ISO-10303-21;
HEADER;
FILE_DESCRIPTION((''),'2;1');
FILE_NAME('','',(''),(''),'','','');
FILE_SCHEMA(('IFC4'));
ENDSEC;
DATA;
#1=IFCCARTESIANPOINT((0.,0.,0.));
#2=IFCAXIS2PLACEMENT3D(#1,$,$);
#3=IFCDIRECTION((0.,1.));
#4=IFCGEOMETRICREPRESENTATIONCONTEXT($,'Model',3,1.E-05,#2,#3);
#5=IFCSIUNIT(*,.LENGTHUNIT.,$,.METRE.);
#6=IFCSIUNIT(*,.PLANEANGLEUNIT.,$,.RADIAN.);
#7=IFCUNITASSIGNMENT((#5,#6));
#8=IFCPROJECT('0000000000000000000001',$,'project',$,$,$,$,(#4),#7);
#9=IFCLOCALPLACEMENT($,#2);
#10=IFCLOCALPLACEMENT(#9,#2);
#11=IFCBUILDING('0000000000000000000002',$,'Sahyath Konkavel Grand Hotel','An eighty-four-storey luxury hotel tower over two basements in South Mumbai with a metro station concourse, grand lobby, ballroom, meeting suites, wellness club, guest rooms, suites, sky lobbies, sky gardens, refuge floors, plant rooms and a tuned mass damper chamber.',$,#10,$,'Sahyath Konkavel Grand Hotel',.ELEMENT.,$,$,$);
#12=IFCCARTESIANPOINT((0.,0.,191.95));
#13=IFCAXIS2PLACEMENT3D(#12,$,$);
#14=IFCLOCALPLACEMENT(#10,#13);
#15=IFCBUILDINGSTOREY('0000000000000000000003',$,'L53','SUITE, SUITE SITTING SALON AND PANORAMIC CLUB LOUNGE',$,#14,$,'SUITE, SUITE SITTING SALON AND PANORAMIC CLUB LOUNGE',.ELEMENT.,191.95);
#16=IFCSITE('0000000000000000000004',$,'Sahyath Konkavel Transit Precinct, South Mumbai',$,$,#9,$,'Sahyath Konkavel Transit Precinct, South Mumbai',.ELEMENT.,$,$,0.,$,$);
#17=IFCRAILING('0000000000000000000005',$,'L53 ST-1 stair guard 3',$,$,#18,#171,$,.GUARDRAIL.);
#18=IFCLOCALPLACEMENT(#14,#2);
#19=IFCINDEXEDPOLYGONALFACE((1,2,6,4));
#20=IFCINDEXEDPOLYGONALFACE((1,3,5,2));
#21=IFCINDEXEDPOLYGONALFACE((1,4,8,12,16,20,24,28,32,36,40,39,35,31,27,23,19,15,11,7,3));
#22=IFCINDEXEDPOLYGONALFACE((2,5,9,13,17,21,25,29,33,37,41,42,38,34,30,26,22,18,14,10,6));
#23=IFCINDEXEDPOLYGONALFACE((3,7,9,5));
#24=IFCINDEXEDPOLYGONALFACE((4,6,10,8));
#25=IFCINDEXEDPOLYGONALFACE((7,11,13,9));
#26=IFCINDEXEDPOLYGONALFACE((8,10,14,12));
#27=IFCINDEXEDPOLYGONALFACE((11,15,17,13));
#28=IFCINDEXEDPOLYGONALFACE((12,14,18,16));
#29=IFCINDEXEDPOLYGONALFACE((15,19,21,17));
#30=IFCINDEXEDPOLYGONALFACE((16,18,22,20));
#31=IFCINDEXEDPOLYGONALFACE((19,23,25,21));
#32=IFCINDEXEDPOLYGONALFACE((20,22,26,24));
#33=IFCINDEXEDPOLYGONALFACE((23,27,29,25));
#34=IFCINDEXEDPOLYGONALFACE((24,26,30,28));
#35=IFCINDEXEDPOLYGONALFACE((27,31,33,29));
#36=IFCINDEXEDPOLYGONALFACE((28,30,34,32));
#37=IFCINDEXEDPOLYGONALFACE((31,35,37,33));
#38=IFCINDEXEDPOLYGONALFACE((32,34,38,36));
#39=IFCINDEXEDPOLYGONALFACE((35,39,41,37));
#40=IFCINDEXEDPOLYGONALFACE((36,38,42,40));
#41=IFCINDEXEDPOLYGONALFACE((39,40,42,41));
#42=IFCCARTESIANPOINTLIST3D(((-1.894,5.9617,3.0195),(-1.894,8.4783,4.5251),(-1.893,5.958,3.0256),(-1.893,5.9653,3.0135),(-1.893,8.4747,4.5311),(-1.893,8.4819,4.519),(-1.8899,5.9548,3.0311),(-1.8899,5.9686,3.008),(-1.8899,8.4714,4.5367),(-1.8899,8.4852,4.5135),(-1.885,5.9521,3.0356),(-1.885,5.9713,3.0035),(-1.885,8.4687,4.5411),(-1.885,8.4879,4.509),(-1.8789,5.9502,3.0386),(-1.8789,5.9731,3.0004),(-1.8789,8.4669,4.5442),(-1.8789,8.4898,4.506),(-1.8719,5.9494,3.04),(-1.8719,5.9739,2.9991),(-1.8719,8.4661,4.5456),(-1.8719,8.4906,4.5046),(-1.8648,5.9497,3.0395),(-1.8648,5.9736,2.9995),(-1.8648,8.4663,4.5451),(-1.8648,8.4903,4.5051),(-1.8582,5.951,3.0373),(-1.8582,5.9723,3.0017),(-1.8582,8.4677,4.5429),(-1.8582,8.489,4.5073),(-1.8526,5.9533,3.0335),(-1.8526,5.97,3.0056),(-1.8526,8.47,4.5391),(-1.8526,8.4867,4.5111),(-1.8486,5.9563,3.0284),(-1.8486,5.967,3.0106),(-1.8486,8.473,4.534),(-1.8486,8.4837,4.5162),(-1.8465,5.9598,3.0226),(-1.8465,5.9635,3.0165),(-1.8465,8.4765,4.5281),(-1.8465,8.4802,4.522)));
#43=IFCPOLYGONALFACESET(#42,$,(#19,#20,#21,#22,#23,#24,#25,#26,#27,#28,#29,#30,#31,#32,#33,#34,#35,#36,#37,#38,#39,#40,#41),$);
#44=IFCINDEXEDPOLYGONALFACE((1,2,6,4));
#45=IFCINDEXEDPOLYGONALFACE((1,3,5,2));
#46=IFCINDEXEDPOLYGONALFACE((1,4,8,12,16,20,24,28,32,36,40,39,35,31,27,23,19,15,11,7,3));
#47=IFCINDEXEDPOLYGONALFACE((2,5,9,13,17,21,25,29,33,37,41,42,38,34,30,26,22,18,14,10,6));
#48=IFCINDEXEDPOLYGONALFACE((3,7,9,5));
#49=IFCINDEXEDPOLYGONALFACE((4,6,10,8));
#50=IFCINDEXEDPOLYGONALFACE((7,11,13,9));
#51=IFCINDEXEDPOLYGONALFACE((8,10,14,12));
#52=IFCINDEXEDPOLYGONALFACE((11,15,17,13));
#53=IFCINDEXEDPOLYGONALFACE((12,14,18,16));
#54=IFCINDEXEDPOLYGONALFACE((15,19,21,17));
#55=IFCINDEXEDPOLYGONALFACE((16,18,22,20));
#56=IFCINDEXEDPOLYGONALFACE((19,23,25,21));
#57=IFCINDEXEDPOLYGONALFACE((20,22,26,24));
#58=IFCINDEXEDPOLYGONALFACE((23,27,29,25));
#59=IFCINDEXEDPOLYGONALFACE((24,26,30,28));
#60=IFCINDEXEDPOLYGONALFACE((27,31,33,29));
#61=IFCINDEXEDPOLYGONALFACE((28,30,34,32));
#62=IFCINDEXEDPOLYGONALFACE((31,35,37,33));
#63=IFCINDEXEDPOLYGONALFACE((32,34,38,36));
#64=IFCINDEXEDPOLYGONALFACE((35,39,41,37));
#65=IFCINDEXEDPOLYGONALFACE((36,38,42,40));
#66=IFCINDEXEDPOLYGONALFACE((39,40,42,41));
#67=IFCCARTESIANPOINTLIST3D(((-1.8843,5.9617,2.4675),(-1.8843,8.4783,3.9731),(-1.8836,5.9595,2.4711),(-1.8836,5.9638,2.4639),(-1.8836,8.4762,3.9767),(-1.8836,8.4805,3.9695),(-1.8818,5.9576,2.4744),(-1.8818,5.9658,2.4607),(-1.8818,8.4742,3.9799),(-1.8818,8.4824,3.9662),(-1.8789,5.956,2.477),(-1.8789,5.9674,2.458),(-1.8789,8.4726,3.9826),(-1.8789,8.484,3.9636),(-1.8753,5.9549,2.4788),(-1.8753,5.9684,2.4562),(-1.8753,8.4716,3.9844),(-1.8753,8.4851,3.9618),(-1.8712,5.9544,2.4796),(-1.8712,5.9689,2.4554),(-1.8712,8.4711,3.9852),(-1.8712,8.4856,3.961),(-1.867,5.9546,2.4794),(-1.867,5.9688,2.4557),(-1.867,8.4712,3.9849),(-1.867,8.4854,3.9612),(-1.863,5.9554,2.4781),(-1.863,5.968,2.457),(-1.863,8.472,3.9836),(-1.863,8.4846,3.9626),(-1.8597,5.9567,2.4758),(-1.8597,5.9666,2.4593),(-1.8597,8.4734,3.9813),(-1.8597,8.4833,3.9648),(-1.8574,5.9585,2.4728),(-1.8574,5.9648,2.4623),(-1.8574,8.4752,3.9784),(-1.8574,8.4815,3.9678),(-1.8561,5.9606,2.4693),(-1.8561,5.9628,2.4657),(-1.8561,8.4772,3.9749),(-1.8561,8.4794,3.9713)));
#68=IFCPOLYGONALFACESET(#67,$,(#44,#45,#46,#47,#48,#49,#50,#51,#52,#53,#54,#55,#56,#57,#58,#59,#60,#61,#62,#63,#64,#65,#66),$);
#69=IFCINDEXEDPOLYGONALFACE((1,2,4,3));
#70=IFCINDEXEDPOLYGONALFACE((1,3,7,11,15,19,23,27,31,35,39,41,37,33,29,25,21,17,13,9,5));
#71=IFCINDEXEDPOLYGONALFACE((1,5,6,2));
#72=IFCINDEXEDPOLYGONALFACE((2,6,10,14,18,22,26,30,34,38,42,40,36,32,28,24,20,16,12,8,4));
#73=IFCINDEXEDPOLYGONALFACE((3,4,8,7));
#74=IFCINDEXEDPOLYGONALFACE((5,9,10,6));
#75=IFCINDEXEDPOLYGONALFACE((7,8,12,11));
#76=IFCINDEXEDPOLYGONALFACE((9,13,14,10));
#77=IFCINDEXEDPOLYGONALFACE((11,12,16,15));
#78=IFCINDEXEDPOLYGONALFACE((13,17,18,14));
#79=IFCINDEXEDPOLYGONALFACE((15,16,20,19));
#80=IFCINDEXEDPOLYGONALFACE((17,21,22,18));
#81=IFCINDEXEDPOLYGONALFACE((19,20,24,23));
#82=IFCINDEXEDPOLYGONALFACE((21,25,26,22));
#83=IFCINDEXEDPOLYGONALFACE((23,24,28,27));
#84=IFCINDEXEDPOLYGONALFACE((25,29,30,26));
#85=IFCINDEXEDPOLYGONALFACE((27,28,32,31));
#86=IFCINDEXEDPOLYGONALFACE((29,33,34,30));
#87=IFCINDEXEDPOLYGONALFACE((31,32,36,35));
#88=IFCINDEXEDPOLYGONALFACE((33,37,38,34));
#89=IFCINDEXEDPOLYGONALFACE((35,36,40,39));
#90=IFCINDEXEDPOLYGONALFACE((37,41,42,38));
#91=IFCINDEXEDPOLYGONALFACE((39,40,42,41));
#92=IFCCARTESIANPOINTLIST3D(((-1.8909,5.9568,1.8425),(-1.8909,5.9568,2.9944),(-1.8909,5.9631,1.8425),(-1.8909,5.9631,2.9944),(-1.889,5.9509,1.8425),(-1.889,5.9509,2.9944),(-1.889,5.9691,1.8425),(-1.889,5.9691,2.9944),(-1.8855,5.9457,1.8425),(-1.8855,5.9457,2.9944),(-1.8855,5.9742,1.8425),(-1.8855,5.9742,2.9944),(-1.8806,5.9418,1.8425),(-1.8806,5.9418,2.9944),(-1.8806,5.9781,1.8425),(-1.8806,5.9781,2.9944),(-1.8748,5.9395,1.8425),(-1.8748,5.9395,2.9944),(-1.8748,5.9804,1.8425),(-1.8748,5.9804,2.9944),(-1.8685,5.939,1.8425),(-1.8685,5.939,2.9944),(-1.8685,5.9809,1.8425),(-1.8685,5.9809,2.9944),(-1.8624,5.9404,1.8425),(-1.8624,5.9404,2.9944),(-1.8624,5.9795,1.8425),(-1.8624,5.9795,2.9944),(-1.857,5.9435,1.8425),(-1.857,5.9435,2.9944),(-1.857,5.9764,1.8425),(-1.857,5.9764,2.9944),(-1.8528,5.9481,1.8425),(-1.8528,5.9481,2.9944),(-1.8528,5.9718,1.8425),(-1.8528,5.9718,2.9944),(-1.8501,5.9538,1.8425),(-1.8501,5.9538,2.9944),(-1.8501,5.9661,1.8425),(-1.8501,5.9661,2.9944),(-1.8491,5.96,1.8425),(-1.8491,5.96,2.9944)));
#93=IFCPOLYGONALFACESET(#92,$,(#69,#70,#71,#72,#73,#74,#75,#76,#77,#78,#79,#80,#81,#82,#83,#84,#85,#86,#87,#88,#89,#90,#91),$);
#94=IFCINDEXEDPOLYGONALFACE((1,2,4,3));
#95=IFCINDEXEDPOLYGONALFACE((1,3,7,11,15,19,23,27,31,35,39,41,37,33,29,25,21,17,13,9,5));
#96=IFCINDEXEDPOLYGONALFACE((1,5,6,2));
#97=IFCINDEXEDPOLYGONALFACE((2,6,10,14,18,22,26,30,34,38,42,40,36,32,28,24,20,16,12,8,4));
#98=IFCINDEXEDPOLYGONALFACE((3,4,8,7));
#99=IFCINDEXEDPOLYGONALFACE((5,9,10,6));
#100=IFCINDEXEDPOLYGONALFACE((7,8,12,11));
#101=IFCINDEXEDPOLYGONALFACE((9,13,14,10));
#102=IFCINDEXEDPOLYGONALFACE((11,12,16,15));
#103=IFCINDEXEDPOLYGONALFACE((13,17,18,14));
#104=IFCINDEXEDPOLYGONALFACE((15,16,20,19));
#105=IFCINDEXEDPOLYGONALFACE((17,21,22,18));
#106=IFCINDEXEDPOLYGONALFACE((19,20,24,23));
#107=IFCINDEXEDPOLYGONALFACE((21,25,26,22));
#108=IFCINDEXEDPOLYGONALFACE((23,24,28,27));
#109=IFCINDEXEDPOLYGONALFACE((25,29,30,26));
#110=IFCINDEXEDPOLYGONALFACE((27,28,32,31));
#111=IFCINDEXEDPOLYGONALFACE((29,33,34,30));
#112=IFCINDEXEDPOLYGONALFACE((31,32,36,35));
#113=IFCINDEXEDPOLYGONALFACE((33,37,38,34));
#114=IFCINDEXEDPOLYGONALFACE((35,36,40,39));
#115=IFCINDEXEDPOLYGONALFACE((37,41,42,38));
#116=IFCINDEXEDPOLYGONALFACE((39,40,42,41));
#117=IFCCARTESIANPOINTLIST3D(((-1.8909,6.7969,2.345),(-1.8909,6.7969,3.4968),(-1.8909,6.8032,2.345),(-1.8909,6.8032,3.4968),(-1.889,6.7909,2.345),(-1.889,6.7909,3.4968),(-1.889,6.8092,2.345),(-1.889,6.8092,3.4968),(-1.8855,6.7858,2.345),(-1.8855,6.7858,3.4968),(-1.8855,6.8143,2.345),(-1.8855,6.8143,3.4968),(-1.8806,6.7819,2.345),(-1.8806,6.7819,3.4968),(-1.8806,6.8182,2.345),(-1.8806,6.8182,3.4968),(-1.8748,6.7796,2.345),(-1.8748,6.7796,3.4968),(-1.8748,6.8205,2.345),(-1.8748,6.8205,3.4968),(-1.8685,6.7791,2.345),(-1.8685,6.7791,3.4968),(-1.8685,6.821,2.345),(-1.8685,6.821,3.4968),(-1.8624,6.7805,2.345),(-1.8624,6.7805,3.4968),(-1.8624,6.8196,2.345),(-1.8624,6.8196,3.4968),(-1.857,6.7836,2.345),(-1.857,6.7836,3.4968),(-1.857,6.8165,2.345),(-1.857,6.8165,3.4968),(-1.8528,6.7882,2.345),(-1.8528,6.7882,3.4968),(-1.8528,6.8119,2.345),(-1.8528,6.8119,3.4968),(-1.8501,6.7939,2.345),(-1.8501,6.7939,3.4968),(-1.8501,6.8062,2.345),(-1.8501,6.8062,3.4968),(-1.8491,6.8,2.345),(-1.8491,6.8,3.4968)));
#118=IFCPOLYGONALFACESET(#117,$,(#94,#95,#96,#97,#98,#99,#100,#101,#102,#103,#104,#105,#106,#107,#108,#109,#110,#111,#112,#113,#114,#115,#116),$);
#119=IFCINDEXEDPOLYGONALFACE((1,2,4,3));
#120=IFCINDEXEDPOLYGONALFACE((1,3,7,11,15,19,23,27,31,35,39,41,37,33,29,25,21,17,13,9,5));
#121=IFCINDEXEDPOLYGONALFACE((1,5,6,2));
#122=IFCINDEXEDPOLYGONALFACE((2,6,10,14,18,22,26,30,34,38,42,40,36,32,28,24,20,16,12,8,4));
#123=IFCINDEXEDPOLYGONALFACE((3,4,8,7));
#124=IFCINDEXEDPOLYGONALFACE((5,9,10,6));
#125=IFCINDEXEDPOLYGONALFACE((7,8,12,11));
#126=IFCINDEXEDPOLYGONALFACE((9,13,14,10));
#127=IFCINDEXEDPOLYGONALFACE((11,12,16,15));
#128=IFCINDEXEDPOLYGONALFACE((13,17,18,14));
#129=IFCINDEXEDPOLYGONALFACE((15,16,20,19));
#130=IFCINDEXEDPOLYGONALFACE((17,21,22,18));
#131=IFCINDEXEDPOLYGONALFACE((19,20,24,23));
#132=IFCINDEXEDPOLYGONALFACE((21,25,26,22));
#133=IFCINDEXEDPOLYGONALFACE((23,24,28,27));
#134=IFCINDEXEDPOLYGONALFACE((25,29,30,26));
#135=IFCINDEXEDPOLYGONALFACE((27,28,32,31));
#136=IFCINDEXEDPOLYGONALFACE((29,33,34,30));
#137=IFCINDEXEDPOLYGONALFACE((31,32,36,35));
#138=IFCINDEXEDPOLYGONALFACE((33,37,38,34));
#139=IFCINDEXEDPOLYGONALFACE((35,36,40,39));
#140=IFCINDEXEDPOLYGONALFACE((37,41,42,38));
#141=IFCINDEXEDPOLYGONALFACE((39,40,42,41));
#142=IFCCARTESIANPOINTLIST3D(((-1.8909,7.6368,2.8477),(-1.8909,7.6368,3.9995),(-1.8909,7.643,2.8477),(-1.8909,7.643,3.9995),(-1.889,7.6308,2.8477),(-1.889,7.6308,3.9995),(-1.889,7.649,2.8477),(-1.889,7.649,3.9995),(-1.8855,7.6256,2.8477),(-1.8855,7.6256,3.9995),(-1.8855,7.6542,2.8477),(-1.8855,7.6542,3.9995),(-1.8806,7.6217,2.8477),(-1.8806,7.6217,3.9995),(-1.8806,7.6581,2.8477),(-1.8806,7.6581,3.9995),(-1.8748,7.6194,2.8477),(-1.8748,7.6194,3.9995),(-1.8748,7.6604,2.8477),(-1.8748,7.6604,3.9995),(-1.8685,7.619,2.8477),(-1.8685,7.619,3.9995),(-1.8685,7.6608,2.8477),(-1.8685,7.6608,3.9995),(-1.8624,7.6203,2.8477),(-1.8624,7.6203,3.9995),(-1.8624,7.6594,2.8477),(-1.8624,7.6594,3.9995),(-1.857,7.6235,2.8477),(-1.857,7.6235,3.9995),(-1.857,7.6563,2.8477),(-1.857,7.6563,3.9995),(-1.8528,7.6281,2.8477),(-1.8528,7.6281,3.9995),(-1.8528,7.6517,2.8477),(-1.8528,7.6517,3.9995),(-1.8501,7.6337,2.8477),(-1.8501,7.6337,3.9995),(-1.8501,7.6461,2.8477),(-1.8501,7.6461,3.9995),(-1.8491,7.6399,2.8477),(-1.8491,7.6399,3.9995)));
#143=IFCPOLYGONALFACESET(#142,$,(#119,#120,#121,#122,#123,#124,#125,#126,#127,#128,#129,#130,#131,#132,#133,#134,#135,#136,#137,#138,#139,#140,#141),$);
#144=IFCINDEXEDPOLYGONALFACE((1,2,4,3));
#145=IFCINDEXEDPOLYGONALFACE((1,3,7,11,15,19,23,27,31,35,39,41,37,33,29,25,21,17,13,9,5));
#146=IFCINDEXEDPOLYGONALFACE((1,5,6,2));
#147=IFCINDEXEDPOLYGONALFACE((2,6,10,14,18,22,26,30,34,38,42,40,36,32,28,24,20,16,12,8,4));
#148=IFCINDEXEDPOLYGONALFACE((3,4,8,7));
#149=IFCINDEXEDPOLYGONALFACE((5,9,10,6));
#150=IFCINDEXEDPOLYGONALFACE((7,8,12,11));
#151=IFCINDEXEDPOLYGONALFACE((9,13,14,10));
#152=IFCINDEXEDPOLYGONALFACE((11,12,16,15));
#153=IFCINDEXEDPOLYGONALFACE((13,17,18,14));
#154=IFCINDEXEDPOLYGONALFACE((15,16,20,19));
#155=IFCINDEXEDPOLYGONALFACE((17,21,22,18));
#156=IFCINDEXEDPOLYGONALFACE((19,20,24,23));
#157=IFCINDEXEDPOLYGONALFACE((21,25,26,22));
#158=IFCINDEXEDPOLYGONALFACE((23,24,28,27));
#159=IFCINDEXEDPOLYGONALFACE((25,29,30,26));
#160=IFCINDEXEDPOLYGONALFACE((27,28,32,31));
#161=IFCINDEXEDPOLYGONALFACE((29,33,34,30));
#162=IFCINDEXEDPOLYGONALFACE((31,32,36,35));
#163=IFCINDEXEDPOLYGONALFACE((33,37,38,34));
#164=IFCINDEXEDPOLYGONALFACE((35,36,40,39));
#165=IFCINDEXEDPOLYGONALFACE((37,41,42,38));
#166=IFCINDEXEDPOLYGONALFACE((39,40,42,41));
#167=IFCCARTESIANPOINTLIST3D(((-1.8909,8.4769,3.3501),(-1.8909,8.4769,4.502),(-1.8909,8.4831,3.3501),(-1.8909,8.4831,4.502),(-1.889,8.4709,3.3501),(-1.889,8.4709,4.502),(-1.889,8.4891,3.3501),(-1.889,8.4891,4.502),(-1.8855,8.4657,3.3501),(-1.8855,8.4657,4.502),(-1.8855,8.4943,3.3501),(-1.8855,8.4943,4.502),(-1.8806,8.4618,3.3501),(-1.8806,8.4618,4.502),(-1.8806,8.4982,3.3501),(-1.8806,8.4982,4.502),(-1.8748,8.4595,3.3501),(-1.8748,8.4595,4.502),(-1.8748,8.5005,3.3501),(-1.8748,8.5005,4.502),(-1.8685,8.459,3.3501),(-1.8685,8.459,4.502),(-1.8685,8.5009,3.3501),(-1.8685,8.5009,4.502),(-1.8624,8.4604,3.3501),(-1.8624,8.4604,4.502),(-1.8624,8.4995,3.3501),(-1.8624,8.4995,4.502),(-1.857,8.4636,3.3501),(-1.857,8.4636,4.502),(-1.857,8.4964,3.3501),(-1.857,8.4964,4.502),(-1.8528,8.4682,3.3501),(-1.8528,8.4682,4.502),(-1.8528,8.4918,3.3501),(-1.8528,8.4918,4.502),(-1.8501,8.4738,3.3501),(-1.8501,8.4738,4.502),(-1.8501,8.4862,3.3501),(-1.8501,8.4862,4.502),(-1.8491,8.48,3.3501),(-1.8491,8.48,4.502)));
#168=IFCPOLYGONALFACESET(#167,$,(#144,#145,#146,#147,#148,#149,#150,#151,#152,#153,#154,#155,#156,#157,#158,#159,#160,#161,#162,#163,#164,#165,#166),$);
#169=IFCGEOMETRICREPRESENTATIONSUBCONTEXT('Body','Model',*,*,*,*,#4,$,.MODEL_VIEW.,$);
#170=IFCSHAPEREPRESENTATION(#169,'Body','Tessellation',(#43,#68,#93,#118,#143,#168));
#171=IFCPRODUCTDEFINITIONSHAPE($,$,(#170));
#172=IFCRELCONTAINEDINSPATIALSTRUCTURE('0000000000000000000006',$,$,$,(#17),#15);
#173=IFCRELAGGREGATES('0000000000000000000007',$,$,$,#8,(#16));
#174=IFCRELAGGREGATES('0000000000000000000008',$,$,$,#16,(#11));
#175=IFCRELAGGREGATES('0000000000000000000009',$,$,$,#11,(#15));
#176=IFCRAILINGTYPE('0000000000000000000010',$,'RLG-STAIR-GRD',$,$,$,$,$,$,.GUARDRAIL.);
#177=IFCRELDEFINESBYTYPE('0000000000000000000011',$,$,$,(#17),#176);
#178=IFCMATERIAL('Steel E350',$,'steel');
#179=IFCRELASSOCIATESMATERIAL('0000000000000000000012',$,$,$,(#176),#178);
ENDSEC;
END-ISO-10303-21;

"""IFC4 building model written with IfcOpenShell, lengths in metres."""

from ifc_helpers import new_model, si_unit, direction, frame, origin, origin_2d, place, context, subcontext, project, spatial, circle, extrude, material, type_object, element, save


model = new_model("IFC4")

# Units and contexts
model_context = context("Model", 3, precision=1e-05, world=origin(), true_north=direction((0.0, 1.0)))
body_context = subcontext(model_context, "Body", "Model", "MODEL_VIEW")
ifc_project = project(units=[si_unit("LENGTHUNIT", "METRE"), si_unit("PLANEANGLEUNIT", "RADIAN")], contexts=[model_context])

# Site, building, storey
site_placement = place(None, origin())
site = spatial("IfcSite", under=ifc_project, at=site_placement, Name="Sahyath Konkavel Transit Precinct, South Mumbai", LongName="Sahyath Konkavel Transit Precinct, South Mumbai", CompositionType="ELEMENT", RefElevation=0.0)
building_placement = place(site_placement, origin())
building = spatial("IfcBuilding", under=site, at=building_placement, Name="Sahyath Konkavel Grand Hotel", Description="An eighty-four-storey luxury hotel tower over two basements in South Mumbai with a metro station concourse, grand lobby, ballroom, meeting suites, wellness club, guest rooms, suites, sky lobbies, sky gardens, refuge floors, plant rooms and a tuned mass damper chamber.", LongName="Sahyath Konkavel Grand Hotel", CompositionType="ELEMENT")
storey_placement = place(building_placement, frame((0.0, 0.0, 191.95)))
storey = spatial("IfcBuildingStorey", under=building, at=storey_placement, Name="L53", Description="SUITE, SUITE SITTING SALON AND PANORAMIC CLUB LOUNGE", LongName="SUITE, SUITE SITTING SALON AND PANORAMIC CLUB LOUNGE", CompositionType="ELEMENT", Elevation=191.95)

# Shared definitions
ifc_material_1 = material(Name="Steel E350", Category="steel")

# Railing
railing_type_1 = type_object("IfcRailingType", Name="RLG-STAIR-GRD", PredefinedType="GUARDRAIL", material=ifc_material_1)
railing_1_placement = place(storey_placement, frame((-1.8701, 5.96, 1.8425)))
element("IfcRailing", 1, at=railing_1_placement, inside=storey, type_object=railing_type_1, Name="L53 ST-1 stair guard 3", PredefinedType="GUARDRAIL", context=body_context, shape_type="SweptSolid", body=[
    extrude(circle(Radius=0.0239, at=origin_2d()), frame((0.0, 0.0017, 1.177), z_axis=(0.0, 0.85816, 0.513383), x_axis=(-1.0, 0.0, 0.0)), (0.0, 0.0, 1.0), 2.9326),
    extrude(circle(Radius=0.0142, at=origin_2d()), frame((0.0, 0.0017, 0.625), z_axis=(0.0, 0.85816, 0.513383), x_axis=(-1.0, 0.0, 0.0)), (0.0, 0.0, 1.0), 2.9326),
    extrude(circle(Radius=0.021, at=origin_2d()), origin(), (0.0, 0.0, 1.0), 1.1519),
    extrude(circle(Radius=0.021, at=origin_2d()), frame((0.0, 0.8401, 0.5024)), (0.0, 0.0, 1.0), 1.1519),
    extrude(circle(Radius=0.021, at=origin_2d()), frame((0.0, 1.6799, 1.0051)), (0.0, 0.0, 1.0), 1.1519),
    extrude(circle(Radius=0.021, at=origin_2d()), frame((0.0, 2.52, 1.5076)), (0.0, 0.0, 1.0), 1.1519),
])

save(model, "model.ifc")
